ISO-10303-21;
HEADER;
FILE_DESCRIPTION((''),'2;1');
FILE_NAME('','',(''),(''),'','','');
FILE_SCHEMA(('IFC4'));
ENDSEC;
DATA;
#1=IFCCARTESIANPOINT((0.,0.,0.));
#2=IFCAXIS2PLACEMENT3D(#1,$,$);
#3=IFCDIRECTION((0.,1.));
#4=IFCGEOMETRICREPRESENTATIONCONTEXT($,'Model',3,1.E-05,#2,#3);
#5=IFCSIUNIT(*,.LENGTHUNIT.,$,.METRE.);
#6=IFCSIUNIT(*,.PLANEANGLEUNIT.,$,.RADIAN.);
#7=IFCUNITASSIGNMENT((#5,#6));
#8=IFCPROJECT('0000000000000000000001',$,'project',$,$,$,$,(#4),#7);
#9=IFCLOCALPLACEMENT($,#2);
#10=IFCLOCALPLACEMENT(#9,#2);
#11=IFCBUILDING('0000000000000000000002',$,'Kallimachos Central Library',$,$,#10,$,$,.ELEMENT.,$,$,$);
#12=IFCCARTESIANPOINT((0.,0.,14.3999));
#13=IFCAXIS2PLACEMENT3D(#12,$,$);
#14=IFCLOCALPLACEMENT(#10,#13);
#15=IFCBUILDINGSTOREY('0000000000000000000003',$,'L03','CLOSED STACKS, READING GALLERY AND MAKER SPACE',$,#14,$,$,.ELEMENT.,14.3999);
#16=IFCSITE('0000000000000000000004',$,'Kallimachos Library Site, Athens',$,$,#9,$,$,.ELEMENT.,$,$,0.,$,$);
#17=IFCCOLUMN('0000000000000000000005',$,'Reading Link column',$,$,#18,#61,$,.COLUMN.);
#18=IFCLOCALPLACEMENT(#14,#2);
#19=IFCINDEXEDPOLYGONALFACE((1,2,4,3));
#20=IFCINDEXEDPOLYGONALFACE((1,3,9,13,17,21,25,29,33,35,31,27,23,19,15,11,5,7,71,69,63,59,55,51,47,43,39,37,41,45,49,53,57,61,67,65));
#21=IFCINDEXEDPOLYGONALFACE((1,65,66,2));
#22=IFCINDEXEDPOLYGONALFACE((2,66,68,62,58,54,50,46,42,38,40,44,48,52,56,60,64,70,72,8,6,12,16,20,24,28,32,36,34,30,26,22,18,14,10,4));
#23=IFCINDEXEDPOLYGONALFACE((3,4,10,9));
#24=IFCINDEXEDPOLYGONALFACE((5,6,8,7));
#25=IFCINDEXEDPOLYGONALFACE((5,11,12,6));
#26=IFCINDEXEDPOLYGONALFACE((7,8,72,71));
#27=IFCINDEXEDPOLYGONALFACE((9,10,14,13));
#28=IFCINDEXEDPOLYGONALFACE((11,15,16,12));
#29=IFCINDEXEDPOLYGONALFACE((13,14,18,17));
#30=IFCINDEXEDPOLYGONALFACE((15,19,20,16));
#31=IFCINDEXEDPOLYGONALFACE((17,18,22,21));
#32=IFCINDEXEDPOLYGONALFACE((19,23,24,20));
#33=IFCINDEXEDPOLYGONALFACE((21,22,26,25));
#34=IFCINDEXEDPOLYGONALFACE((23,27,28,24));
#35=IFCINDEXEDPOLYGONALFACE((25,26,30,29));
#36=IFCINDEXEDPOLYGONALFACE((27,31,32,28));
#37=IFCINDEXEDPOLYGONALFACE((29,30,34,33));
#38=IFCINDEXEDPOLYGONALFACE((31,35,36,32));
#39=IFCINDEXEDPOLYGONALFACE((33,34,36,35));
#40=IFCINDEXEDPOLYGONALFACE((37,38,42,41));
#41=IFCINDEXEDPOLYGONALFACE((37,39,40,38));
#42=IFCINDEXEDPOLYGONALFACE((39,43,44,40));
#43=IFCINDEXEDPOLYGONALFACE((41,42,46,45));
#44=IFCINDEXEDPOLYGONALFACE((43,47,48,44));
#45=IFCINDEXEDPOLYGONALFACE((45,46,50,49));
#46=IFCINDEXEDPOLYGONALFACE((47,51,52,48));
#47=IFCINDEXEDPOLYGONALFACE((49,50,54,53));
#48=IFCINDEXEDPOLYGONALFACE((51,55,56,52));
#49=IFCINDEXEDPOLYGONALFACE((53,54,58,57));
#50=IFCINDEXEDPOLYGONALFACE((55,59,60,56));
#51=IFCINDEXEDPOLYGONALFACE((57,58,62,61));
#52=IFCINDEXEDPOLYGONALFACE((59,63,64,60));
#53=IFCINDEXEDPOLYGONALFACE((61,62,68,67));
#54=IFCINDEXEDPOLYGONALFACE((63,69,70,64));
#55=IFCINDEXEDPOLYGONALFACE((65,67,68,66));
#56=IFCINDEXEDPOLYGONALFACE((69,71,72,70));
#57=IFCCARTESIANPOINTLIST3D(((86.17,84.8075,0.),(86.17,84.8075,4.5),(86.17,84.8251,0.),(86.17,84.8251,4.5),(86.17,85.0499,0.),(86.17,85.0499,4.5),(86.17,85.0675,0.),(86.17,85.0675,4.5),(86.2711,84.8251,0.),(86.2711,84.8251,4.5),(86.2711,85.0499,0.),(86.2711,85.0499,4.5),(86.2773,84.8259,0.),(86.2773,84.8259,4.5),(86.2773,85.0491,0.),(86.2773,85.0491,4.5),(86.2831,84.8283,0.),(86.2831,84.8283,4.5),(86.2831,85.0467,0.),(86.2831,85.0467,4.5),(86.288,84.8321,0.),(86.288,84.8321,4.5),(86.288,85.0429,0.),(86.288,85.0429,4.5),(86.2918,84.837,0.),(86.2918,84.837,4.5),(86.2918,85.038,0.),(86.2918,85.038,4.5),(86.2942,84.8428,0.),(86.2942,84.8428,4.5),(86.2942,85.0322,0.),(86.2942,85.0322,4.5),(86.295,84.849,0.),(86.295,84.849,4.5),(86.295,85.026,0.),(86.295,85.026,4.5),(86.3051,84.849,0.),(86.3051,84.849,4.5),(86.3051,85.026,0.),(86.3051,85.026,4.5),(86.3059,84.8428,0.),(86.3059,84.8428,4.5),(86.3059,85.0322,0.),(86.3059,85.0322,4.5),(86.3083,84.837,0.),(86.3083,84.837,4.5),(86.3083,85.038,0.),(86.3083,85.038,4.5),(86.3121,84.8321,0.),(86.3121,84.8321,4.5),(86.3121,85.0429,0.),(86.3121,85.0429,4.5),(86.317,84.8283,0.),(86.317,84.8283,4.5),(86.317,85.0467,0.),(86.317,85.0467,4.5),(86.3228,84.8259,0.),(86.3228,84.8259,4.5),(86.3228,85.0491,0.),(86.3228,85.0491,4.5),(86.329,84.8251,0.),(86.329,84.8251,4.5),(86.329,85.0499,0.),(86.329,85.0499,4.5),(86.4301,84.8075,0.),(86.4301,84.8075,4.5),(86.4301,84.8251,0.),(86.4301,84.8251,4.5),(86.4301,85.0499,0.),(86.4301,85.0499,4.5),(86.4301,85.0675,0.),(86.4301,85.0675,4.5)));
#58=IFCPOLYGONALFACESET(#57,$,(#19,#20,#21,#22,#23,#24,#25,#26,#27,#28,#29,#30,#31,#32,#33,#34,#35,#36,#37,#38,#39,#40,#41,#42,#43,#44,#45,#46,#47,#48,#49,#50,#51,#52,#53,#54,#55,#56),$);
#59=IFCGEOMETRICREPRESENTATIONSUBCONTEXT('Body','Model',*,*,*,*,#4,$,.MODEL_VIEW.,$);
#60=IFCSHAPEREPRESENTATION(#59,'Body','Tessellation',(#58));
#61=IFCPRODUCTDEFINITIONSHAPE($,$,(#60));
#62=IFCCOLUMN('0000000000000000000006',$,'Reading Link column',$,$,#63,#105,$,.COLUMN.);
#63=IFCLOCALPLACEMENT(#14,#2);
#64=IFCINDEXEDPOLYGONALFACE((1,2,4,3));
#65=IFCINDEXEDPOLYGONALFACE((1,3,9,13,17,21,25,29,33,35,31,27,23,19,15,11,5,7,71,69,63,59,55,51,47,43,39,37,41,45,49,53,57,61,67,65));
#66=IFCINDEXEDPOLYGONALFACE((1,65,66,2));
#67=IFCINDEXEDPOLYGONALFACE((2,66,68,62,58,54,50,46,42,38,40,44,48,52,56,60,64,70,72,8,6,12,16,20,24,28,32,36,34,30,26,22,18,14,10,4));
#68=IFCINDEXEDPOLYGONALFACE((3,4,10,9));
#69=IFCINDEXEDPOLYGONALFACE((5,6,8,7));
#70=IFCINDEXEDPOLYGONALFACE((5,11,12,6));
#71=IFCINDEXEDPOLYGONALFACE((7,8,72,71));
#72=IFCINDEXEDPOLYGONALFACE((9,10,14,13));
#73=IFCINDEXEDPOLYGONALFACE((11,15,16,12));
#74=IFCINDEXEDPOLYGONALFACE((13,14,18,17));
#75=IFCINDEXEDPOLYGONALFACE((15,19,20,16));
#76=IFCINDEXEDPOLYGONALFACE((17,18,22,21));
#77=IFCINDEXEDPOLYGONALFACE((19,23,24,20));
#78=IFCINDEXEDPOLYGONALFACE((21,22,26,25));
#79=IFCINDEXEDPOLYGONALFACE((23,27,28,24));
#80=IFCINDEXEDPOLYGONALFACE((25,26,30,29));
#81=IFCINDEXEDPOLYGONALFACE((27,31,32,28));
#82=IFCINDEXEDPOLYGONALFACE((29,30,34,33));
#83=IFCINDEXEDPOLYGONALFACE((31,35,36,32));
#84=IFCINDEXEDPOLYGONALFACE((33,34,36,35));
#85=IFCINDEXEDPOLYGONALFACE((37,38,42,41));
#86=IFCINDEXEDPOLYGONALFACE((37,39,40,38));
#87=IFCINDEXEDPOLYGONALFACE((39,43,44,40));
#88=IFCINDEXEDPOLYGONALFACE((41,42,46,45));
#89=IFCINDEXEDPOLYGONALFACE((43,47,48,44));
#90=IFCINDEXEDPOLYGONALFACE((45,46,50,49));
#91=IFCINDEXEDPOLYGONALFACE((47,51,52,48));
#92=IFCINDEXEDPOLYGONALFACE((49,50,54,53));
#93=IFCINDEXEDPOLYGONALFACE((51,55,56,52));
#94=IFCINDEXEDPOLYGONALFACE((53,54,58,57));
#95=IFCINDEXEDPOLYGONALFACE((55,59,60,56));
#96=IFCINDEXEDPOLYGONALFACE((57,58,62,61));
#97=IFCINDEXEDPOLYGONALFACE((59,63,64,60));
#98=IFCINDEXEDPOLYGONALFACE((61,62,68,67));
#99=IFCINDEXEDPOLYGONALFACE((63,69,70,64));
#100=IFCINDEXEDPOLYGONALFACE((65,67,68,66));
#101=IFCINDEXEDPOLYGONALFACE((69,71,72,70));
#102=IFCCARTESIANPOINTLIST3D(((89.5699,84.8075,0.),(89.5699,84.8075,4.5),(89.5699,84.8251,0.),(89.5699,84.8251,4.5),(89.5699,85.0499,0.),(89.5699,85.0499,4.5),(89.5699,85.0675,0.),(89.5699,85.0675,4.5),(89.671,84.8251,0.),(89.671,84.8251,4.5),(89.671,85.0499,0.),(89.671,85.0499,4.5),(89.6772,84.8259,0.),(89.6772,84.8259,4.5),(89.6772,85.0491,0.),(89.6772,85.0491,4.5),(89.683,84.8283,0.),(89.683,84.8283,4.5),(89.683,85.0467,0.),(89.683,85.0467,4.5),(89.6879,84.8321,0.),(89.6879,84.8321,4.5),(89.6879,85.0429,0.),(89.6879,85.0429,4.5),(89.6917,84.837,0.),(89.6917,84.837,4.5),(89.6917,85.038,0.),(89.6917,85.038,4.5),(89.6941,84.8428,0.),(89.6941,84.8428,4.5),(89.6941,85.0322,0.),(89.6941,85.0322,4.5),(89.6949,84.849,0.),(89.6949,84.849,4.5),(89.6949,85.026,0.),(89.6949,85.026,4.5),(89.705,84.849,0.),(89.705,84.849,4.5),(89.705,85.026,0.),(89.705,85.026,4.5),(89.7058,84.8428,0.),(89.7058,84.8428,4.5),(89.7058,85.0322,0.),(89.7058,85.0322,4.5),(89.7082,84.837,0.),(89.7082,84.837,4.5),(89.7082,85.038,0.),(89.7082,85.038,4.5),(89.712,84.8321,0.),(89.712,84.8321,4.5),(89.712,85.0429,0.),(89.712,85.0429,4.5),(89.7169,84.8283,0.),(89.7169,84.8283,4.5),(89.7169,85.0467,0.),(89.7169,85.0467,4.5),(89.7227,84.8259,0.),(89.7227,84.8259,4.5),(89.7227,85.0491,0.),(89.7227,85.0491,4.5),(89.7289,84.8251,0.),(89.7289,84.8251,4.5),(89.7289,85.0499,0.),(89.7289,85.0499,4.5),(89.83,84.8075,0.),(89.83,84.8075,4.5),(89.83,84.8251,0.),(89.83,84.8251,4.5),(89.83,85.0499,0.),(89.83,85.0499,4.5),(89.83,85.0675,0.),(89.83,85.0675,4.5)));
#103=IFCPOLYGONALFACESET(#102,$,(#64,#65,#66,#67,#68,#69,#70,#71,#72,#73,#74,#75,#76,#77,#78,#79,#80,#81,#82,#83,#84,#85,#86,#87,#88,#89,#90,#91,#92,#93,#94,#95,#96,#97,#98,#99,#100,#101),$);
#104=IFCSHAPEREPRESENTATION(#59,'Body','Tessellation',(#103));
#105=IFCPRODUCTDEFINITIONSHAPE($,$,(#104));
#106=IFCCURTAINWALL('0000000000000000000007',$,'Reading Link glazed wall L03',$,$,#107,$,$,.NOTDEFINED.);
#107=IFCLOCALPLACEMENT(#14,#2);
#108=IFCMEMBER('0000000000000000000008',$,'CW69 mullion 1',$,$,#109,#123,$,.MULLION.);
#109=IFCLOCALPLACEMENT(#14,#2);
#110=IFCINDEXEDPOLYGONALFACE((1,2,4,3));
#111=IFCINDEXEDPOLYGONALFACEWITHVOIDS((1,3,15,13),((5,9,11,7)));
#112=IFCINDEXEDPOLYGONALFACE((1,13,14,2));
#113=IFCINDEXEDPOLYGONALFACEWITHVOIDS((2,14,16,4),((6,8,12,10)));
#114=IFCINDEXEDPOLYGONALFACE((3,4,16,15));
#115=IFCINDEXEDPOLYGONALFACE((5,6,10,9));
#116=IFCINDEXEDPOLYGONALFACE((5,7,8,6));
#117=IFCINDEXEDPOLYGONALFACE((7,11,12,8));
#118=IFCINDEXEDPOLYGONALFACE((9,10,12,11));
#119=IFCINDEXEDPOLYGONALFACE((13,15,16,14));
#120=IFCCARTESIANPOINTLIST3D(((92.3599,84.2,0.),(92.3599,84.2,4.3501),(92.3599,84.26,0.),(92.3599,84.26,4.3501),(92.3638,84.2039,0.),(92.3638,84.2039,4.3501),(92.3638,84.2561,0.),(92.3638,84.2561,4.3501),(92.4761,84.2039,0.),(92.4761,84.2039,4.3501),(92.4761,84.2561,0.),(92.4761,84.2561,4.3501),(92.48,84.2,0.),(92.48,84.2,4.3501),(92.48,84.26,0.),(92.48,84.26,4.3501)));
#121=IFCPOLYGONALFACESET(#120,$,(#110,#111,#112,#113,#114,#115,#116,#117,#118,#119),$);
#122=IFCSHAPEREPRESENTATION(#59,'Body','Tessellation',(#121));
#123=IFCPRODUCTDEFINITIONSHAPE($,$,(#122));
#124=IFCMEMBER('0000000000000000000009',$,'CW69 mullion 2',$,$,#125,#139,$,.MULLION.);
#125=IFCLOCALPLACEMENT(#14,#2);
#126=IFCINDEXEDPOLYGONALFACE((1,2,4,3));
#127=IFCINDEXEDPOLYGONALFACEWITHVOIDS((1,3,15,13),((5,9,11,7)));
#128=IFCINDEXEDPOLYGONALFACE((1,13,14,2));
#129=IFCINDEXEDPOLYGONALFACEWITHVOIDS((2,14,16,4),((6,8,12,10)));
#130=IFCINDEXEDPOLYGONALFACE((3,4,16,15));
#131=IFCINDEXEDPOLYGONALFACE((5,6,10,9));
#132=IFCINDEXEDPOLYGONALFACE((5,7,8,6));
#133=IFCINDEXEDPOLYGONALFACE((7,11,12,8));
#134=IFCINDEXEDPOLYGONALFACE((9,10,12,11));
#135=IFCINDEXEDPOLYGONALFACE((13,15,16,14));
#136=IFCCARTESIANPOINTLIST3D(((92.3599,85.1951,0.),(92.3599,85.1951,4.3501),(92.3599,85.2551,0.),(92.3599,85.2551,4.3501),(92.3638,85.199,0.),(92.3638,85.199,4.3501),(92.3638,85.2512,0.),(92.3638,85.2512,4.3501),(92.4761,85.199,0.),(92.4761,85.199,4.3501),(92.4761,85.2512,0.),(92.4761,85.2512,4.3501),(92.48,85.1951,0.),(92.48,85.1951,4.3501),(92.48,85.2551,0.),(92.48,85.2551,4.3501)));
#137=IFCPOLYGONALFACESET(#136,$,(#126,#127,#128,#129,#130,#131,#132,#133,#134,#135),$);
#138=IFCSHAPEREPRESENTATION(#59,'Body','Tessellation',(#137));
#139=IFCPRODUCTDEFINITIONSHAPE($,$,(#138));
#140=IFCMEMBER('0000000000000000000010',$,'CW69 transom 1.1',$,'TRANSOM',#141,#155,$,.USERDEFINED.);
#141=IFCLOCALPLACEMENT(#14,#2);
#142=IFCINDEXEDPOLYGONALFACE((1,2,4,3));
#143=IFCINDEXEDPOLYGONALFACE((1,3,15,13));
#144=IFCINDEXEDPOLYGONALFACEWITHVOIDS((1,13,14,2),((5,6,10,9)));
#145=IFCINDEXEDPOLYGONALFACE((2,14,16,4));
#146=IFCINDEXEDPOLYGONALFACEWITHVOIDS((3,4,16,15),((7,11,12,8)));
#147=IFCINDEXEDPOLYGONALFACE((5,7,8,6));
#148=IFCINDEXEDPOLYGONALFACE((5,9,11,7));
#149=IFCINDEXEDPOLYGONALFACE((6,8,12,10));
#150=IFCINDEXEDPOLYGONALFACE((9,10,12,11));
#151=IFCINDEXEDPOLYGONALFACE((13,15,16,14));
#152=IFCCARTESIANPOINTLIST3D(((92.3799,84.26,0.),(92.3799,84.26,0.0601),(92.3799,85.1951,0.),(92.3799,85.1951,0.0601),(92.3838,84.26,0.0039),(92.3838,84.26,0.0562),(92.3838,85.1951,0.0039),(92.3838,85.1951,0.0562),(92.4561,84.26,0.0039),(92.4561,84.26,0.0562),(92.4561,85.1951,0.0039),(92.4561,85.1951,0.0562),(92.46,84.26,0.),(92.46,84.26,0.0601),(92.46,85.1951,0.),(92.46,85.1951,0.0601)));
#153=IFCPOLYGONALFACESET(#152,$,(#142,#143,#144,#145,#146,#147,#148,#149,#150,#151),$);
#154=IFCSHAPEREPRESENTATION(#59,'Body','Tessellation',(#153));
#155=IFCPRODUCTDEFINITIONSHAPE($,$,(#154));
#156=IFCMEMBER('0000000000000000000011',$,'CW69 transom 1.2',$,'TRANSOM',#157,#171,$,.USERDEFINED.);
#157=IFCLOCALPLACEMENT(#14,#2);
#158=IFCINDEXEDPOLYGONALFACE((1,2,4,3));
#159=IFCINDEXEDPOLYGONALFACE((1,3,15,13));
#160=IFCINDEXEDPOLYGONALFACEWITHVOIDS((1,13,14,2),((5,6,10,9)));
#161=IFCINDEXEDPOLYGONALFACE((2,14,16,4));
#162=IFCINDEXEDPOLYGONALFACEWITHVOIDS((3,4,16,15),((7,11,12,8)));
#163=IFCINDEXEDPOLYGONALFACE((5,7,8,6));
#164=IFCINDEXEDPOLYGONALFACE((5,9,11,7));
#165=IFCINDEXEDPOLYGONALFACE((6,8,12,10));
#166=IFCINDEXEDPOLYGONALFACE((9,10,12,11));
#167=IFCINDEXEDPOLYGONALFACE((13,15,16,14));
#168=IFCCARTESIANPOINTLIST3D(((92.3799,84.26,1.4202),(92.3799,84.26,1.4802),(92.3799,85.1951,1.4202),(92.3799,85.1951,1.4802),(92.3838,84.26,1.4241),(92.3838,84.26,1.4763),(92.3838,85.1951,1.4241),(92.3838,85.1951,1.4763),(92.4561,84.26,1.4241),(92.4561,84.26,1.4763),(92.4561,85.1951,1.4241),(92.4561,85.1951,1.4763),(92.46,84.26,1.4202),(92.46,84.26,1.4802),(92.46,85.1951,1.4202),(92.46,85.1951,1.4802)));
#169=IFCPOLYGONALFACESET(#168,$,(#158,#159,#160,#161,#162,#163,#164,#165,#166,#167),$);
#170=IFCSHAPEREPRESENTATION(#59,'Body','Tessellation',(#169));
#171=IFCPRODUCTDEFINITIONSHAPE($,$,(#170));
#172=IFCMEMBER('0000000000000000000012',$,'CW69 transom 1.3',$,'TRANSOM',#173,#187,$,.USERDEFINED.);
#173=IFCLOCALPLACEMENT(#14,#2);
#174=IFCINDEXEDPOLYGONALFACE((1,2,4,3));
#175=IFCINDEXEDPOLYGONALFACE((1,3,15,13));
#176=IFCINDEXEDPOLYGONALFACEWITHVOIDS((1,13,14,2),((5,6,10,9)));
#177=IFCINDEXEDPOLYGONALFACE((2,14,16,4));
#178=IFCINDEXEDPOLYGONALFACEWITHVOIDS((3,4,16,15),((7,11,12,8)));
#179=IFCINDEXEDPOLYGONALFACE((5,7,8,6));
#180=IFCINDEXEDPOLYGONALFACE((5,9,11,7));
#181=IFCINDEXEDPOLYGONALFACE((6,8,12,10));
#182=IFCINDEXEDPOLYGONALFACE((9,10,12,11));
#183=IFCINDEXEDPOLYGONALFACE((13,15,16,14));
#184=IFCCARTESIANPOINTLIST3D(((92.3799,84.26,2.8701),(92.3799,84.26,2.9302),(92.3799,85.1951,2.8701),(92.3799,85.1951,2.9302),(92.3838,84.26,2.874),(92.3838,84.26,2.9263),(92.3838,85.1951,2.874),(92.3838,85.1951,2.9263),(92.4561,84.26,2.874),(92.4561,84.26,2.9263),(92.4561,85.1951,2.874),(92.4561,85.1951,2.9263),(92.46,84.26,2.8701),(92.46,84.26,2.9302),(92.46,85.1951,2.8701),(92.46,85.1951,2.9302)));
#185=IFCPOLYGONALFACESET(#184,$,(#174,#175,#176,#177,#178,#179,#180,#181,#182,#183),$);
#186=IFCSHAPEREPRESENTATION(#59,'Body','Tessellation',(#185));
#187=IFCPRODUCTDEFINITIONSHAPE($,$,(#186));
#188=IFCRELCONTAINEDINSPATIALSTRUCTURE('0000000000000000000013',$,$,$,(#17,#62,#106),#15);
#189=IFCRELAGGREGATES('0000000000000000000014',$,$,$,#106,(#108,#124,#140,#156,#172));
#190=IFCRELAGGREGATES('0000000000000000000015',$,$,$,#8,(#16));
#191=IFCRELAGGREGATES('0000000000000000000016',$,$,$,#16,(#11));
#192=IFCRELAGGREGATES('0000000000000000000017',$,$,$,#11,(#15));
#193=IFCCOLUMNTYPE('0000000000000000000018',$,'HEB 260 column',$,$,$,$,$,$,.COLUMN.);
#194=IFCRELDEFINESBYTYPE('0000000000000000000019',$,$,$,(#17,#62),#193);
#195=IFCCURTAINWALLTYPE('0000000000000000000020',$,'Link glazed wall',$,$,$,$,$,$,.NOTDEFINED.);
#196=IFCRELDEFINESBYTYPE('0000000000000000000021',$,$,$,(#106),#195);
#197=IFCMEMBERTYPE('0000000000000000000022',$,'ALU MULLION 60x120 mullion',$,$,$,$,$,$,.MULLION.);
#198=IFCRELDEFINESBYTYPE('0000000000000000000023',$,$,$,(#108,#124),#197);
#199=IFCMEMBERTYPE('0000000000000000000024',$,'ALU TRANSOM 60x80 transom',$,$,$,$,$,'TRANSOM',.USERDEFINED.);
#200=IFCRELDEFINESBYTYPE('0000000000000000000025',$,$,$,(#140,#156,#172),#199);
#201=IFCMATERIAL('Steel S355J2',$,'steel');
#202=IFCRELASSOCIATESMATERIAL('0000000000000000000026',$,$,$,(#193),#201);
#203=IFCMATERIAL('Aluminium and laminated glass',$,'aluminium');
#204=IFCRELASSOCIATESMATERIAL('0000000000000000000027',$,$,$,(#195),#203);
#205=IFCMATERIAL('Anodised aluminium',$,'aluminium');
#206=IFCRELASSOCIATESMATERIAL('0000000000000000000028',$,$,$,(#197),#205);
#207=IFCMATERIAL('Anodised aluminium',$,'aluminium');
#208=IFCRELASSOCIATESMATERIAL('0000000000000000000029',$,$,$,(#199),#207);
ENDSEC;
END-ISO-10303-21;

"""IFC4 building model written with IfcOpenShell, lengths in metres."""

from ifc_helpers import new_model, si_unit, direction, frame, origin, origin_2d, place, context, subcontext, project, spatial, hollow_rectangle, i_section, extrude, material, material_profile, profile_set, type_object, element, aggregate, save


model = new_model("IFC4")

# Units and contexts
model_context = context("Model", 3, precision=1e-05, world=origin(), true_north=direction((0.0, 1.0)))
body_context = subcontext(model_context, "Body", "Model", "MODEL_VIEW")
ifc_project = project(units=[si_unit("LENGTHUNIT", "METRE"), si_unit("PLANEANGLEUNIT", "RADIAN")], contexts=[model_context])

# Site, building, storey
site_placement = place(None, origin())
site = spatial("IfcSite", under=ifc_project, at=site_placement, Name="Kallimachos Library Site, Athens", CompositionType="ELEMENT", RefElevation=0.0)
building_placement = place(site_placement, origin())
building = spatial("IfcBuilding", under=site, at=building_placement, Name="Kallimachos Central Library", CompositionType="ELEMENT")
storey_placement = place(building_placement, frame((0.0, 0.0, 14.3999)))
storey = spatial("IfcBuildingStorey", under=building, at=storey_placement, Name="L03", Description="CLOSED STACKS, READING GALLERY AND MAKER SPACE", CompositionType="ELEMENT", Elevation=14.3999)

# Columns
ifc_material_1 = material(Name="Steel S355J2", Category="steel")
ifc_material_profile_1 = material_profile(ifc_material_1, i_section(OverallWidth=0.26, OverallDepth=0.26, WebThickness=0.01, FlangeThickness=0.0176, FilletRadius=0.0239, at=origin_2d()), Name="HEB 260")
ifc_profile_set_1 = profile_set([ifc_material_profile_1], Name="Steel S355J2")
column_type = type_object("IfcColumnType", Name="HEB 260 column", PredefinedType="COLUMN", material=ifc_profile_set_1)
for number, where, z_axis, x_axis, name in (
    (1, (86.3, 84.9375, 0.0), (0.0, 0.0, 1.0), (1.0, 0.0, 0.0), "Reading Link column"),
    (2, (89.7, 84.9375, 0.0), (0.0, 0.0, 1.0), (1.0, 0.0, 0.0), "Reading Link column"),
):
    element("IfcColumn", number, at=place(storey_placement, frame(where, z_axis=z_axis, x_axis=x_axis)), inside=storey, type_object=column_type, Name=name, PredefinedType="COLUMN", context=body_context, shape_type="SweptSolid", body=[
        extrude(i_section(OverallWidth=0.26, OverallDepth=0.26, WebThickness=0.01, FlangeThickness=0.0176, FilletRadius=0.0239, at=origin_2d()), origin(), (0.0, 0.0, 1.0), 4.5),
    ])

# Curtain wall, members
ifc_material_2 = material(Name="Aluminium and laminated glass", Category="aluminium")
curtain_wall_type_1 = type_object("IfcCurtainWallType", Name="Link glazed wall", PredefinedType="NOTDEFINED", material=ifc_material_2)
curtain_wall_1_placement = place(storey_placement, origin())
curtain_wall_1 = element("IfcCurtainWall", 3, at=curtain_wall_1_placement, inside=storey, type_object=curtain_wall_type_1, Name="Reading Link glazed wall L03", PredefinedType="NOTDEFINED")
ifc_material_3 = material(Name="Anodised aluminium", Category="aluminium")
ifc_material_profile_2 = material_profile(ifc_material_3, hollow_rectangle(XDim=0.0601, YDim=0.1201, WallThickness=0.0039, at=origin_2d()), Name="ALU MULLION 60x120")
ifc_profile_set_2 = profile_set([ifc_material_profile_2], Name="Anodised aluminium")
member_type_1 = type_object("IfcMemberType", Name="ALU MULLION 60x120 mullion", PredefinedType="MULLION", material=ifc_profile_set_2)
member_1_placement = place(storey_placement, frame((92.4199, 84.23, 0.0), z_axis=(0.0, 0.0, 1.0), x_axis=(0.0, 1.0, 0.0)))
member_1 = element("IfcMember", 4, at=member_1_placement, type_object=member_type_1, Name="CW69 mullion 1", PredefinedType="MULLION", context=body_context, shape_type="SweptSolid", body=[
    extrude(hollow_rectangle(XDim=0.0601, YDim=0.1201, WallThickness=0.0039, at=origin_2d()), origin(), (0.0, 0.0, 1.0), 4.3501),
])
member_2_placement = place(storey_placement, frame((92.4199, 85.2251, 0.0), z_axis=(0.0, 0.0, 1.0), x_axis=(0.0, 1.0, 0.0)))
member_2 = element("IfcMember", 5, at=member_2_placement, type_object=member_type_1, Name="CW69 mullion 2", PredefinedType="MULLION", context=body_context, shape_type="SweptSolid", body=[
    extrude(hollow_rectangle(XDim=0.0601, YDim=0.1201, WallThickness=0.0039, at=origin_2d()), origin(), (0.0, 0.0, 1.0), 4.3501),
])
ifc_material_4 = material(Name="Anodised aluminium", Category="aluminium")
ifc_material_profile_3 = material_profile(ifc_material_4, hollow_rectangle(XDim=0.0601, YDim=0.0801, WallThickness=0.0039, at=origin_2d()), Name="ALU TRANSOM 60x80")
ifc_profile_set_3 = profile_set([ifc_material_profile_3], Name="Anodised aluminium")
member_type_2 = type_object("IfcMemberType", Name="ALU TRANSOM 60x80 transom", ElementType="TRANSOM", PredefinedType="USERDEFINED", material=ifc_profile_set_3)
member_3_placement = place(storey_placement, frame((92.4199, 84.26, 0.03), z_axis=(0.0, 1.0, 0.0), x_axis=(0.0, 0.0, 1.0)))
member_3 = element("IfcMember", 6, at=member_3_placement, type_object=member_type_2, Name="CW69 transom 1.1", ObjectType="TRANSOM", PredefinedType="USERDEFINED", context=body_context, shape_type="SweptSolid", body=[
    extrude(hollow_rectangle(XDim=0.0601, YDim=0.0801, WallThickness=0.0039, at=origin_2d()), origin(), (0.0, 0.0, 1.0), 0.9351),
])
member_4_placement = place(storey_placement, frame((92.4199, 84.26, 1.4502), z_axis=(0.0, 1.0, 0.0), x_axis=(0.0, 0.0, 1.0)))
member_4 = element("IfcMember", 7, at=member_4_placement, type_object=member_type_2, Name="CW69 transom 1.2", ObjectType="TRANSOM", PredefinedType="USERDEFINED", context=body_context, shape_type="SweptSolid", body=[
    extrude(hollow_rectangle(XDim=0.0601, YDim=0.0801, WallThickness=0.0039, at=origin_2d()), origin(), (0.0, 0.0, 1.0), 0.9351),
])
member_5_placement = place(storey_placement, frame((92.4199, 84.26, 2.9001), z_axis=(0.0, 1.0, 0.0), x_axis=(0.0, 0.0, 1.0)))
member_5 = element("IfcMember", 8, at=member_5_placement, type_object=member_type_2, Name="CW69 transom 1.3", ObjectType="TRANSOM", PredefinedType="USERDEFINED", context=body_context, shape_type="SweptSolid", body=[
    extrude(hollow_rectangle(XDim=0.0601, YDim=0.0801, WallThickness=0.0039, at=origin_2d()), origin(), (0.0, 0.0, 1.0), 0.9351),
])

aggregate(curtain_wall_1, [member_1, member_2, member_3, member_4, member_5])

save(model, "model.ifc")
